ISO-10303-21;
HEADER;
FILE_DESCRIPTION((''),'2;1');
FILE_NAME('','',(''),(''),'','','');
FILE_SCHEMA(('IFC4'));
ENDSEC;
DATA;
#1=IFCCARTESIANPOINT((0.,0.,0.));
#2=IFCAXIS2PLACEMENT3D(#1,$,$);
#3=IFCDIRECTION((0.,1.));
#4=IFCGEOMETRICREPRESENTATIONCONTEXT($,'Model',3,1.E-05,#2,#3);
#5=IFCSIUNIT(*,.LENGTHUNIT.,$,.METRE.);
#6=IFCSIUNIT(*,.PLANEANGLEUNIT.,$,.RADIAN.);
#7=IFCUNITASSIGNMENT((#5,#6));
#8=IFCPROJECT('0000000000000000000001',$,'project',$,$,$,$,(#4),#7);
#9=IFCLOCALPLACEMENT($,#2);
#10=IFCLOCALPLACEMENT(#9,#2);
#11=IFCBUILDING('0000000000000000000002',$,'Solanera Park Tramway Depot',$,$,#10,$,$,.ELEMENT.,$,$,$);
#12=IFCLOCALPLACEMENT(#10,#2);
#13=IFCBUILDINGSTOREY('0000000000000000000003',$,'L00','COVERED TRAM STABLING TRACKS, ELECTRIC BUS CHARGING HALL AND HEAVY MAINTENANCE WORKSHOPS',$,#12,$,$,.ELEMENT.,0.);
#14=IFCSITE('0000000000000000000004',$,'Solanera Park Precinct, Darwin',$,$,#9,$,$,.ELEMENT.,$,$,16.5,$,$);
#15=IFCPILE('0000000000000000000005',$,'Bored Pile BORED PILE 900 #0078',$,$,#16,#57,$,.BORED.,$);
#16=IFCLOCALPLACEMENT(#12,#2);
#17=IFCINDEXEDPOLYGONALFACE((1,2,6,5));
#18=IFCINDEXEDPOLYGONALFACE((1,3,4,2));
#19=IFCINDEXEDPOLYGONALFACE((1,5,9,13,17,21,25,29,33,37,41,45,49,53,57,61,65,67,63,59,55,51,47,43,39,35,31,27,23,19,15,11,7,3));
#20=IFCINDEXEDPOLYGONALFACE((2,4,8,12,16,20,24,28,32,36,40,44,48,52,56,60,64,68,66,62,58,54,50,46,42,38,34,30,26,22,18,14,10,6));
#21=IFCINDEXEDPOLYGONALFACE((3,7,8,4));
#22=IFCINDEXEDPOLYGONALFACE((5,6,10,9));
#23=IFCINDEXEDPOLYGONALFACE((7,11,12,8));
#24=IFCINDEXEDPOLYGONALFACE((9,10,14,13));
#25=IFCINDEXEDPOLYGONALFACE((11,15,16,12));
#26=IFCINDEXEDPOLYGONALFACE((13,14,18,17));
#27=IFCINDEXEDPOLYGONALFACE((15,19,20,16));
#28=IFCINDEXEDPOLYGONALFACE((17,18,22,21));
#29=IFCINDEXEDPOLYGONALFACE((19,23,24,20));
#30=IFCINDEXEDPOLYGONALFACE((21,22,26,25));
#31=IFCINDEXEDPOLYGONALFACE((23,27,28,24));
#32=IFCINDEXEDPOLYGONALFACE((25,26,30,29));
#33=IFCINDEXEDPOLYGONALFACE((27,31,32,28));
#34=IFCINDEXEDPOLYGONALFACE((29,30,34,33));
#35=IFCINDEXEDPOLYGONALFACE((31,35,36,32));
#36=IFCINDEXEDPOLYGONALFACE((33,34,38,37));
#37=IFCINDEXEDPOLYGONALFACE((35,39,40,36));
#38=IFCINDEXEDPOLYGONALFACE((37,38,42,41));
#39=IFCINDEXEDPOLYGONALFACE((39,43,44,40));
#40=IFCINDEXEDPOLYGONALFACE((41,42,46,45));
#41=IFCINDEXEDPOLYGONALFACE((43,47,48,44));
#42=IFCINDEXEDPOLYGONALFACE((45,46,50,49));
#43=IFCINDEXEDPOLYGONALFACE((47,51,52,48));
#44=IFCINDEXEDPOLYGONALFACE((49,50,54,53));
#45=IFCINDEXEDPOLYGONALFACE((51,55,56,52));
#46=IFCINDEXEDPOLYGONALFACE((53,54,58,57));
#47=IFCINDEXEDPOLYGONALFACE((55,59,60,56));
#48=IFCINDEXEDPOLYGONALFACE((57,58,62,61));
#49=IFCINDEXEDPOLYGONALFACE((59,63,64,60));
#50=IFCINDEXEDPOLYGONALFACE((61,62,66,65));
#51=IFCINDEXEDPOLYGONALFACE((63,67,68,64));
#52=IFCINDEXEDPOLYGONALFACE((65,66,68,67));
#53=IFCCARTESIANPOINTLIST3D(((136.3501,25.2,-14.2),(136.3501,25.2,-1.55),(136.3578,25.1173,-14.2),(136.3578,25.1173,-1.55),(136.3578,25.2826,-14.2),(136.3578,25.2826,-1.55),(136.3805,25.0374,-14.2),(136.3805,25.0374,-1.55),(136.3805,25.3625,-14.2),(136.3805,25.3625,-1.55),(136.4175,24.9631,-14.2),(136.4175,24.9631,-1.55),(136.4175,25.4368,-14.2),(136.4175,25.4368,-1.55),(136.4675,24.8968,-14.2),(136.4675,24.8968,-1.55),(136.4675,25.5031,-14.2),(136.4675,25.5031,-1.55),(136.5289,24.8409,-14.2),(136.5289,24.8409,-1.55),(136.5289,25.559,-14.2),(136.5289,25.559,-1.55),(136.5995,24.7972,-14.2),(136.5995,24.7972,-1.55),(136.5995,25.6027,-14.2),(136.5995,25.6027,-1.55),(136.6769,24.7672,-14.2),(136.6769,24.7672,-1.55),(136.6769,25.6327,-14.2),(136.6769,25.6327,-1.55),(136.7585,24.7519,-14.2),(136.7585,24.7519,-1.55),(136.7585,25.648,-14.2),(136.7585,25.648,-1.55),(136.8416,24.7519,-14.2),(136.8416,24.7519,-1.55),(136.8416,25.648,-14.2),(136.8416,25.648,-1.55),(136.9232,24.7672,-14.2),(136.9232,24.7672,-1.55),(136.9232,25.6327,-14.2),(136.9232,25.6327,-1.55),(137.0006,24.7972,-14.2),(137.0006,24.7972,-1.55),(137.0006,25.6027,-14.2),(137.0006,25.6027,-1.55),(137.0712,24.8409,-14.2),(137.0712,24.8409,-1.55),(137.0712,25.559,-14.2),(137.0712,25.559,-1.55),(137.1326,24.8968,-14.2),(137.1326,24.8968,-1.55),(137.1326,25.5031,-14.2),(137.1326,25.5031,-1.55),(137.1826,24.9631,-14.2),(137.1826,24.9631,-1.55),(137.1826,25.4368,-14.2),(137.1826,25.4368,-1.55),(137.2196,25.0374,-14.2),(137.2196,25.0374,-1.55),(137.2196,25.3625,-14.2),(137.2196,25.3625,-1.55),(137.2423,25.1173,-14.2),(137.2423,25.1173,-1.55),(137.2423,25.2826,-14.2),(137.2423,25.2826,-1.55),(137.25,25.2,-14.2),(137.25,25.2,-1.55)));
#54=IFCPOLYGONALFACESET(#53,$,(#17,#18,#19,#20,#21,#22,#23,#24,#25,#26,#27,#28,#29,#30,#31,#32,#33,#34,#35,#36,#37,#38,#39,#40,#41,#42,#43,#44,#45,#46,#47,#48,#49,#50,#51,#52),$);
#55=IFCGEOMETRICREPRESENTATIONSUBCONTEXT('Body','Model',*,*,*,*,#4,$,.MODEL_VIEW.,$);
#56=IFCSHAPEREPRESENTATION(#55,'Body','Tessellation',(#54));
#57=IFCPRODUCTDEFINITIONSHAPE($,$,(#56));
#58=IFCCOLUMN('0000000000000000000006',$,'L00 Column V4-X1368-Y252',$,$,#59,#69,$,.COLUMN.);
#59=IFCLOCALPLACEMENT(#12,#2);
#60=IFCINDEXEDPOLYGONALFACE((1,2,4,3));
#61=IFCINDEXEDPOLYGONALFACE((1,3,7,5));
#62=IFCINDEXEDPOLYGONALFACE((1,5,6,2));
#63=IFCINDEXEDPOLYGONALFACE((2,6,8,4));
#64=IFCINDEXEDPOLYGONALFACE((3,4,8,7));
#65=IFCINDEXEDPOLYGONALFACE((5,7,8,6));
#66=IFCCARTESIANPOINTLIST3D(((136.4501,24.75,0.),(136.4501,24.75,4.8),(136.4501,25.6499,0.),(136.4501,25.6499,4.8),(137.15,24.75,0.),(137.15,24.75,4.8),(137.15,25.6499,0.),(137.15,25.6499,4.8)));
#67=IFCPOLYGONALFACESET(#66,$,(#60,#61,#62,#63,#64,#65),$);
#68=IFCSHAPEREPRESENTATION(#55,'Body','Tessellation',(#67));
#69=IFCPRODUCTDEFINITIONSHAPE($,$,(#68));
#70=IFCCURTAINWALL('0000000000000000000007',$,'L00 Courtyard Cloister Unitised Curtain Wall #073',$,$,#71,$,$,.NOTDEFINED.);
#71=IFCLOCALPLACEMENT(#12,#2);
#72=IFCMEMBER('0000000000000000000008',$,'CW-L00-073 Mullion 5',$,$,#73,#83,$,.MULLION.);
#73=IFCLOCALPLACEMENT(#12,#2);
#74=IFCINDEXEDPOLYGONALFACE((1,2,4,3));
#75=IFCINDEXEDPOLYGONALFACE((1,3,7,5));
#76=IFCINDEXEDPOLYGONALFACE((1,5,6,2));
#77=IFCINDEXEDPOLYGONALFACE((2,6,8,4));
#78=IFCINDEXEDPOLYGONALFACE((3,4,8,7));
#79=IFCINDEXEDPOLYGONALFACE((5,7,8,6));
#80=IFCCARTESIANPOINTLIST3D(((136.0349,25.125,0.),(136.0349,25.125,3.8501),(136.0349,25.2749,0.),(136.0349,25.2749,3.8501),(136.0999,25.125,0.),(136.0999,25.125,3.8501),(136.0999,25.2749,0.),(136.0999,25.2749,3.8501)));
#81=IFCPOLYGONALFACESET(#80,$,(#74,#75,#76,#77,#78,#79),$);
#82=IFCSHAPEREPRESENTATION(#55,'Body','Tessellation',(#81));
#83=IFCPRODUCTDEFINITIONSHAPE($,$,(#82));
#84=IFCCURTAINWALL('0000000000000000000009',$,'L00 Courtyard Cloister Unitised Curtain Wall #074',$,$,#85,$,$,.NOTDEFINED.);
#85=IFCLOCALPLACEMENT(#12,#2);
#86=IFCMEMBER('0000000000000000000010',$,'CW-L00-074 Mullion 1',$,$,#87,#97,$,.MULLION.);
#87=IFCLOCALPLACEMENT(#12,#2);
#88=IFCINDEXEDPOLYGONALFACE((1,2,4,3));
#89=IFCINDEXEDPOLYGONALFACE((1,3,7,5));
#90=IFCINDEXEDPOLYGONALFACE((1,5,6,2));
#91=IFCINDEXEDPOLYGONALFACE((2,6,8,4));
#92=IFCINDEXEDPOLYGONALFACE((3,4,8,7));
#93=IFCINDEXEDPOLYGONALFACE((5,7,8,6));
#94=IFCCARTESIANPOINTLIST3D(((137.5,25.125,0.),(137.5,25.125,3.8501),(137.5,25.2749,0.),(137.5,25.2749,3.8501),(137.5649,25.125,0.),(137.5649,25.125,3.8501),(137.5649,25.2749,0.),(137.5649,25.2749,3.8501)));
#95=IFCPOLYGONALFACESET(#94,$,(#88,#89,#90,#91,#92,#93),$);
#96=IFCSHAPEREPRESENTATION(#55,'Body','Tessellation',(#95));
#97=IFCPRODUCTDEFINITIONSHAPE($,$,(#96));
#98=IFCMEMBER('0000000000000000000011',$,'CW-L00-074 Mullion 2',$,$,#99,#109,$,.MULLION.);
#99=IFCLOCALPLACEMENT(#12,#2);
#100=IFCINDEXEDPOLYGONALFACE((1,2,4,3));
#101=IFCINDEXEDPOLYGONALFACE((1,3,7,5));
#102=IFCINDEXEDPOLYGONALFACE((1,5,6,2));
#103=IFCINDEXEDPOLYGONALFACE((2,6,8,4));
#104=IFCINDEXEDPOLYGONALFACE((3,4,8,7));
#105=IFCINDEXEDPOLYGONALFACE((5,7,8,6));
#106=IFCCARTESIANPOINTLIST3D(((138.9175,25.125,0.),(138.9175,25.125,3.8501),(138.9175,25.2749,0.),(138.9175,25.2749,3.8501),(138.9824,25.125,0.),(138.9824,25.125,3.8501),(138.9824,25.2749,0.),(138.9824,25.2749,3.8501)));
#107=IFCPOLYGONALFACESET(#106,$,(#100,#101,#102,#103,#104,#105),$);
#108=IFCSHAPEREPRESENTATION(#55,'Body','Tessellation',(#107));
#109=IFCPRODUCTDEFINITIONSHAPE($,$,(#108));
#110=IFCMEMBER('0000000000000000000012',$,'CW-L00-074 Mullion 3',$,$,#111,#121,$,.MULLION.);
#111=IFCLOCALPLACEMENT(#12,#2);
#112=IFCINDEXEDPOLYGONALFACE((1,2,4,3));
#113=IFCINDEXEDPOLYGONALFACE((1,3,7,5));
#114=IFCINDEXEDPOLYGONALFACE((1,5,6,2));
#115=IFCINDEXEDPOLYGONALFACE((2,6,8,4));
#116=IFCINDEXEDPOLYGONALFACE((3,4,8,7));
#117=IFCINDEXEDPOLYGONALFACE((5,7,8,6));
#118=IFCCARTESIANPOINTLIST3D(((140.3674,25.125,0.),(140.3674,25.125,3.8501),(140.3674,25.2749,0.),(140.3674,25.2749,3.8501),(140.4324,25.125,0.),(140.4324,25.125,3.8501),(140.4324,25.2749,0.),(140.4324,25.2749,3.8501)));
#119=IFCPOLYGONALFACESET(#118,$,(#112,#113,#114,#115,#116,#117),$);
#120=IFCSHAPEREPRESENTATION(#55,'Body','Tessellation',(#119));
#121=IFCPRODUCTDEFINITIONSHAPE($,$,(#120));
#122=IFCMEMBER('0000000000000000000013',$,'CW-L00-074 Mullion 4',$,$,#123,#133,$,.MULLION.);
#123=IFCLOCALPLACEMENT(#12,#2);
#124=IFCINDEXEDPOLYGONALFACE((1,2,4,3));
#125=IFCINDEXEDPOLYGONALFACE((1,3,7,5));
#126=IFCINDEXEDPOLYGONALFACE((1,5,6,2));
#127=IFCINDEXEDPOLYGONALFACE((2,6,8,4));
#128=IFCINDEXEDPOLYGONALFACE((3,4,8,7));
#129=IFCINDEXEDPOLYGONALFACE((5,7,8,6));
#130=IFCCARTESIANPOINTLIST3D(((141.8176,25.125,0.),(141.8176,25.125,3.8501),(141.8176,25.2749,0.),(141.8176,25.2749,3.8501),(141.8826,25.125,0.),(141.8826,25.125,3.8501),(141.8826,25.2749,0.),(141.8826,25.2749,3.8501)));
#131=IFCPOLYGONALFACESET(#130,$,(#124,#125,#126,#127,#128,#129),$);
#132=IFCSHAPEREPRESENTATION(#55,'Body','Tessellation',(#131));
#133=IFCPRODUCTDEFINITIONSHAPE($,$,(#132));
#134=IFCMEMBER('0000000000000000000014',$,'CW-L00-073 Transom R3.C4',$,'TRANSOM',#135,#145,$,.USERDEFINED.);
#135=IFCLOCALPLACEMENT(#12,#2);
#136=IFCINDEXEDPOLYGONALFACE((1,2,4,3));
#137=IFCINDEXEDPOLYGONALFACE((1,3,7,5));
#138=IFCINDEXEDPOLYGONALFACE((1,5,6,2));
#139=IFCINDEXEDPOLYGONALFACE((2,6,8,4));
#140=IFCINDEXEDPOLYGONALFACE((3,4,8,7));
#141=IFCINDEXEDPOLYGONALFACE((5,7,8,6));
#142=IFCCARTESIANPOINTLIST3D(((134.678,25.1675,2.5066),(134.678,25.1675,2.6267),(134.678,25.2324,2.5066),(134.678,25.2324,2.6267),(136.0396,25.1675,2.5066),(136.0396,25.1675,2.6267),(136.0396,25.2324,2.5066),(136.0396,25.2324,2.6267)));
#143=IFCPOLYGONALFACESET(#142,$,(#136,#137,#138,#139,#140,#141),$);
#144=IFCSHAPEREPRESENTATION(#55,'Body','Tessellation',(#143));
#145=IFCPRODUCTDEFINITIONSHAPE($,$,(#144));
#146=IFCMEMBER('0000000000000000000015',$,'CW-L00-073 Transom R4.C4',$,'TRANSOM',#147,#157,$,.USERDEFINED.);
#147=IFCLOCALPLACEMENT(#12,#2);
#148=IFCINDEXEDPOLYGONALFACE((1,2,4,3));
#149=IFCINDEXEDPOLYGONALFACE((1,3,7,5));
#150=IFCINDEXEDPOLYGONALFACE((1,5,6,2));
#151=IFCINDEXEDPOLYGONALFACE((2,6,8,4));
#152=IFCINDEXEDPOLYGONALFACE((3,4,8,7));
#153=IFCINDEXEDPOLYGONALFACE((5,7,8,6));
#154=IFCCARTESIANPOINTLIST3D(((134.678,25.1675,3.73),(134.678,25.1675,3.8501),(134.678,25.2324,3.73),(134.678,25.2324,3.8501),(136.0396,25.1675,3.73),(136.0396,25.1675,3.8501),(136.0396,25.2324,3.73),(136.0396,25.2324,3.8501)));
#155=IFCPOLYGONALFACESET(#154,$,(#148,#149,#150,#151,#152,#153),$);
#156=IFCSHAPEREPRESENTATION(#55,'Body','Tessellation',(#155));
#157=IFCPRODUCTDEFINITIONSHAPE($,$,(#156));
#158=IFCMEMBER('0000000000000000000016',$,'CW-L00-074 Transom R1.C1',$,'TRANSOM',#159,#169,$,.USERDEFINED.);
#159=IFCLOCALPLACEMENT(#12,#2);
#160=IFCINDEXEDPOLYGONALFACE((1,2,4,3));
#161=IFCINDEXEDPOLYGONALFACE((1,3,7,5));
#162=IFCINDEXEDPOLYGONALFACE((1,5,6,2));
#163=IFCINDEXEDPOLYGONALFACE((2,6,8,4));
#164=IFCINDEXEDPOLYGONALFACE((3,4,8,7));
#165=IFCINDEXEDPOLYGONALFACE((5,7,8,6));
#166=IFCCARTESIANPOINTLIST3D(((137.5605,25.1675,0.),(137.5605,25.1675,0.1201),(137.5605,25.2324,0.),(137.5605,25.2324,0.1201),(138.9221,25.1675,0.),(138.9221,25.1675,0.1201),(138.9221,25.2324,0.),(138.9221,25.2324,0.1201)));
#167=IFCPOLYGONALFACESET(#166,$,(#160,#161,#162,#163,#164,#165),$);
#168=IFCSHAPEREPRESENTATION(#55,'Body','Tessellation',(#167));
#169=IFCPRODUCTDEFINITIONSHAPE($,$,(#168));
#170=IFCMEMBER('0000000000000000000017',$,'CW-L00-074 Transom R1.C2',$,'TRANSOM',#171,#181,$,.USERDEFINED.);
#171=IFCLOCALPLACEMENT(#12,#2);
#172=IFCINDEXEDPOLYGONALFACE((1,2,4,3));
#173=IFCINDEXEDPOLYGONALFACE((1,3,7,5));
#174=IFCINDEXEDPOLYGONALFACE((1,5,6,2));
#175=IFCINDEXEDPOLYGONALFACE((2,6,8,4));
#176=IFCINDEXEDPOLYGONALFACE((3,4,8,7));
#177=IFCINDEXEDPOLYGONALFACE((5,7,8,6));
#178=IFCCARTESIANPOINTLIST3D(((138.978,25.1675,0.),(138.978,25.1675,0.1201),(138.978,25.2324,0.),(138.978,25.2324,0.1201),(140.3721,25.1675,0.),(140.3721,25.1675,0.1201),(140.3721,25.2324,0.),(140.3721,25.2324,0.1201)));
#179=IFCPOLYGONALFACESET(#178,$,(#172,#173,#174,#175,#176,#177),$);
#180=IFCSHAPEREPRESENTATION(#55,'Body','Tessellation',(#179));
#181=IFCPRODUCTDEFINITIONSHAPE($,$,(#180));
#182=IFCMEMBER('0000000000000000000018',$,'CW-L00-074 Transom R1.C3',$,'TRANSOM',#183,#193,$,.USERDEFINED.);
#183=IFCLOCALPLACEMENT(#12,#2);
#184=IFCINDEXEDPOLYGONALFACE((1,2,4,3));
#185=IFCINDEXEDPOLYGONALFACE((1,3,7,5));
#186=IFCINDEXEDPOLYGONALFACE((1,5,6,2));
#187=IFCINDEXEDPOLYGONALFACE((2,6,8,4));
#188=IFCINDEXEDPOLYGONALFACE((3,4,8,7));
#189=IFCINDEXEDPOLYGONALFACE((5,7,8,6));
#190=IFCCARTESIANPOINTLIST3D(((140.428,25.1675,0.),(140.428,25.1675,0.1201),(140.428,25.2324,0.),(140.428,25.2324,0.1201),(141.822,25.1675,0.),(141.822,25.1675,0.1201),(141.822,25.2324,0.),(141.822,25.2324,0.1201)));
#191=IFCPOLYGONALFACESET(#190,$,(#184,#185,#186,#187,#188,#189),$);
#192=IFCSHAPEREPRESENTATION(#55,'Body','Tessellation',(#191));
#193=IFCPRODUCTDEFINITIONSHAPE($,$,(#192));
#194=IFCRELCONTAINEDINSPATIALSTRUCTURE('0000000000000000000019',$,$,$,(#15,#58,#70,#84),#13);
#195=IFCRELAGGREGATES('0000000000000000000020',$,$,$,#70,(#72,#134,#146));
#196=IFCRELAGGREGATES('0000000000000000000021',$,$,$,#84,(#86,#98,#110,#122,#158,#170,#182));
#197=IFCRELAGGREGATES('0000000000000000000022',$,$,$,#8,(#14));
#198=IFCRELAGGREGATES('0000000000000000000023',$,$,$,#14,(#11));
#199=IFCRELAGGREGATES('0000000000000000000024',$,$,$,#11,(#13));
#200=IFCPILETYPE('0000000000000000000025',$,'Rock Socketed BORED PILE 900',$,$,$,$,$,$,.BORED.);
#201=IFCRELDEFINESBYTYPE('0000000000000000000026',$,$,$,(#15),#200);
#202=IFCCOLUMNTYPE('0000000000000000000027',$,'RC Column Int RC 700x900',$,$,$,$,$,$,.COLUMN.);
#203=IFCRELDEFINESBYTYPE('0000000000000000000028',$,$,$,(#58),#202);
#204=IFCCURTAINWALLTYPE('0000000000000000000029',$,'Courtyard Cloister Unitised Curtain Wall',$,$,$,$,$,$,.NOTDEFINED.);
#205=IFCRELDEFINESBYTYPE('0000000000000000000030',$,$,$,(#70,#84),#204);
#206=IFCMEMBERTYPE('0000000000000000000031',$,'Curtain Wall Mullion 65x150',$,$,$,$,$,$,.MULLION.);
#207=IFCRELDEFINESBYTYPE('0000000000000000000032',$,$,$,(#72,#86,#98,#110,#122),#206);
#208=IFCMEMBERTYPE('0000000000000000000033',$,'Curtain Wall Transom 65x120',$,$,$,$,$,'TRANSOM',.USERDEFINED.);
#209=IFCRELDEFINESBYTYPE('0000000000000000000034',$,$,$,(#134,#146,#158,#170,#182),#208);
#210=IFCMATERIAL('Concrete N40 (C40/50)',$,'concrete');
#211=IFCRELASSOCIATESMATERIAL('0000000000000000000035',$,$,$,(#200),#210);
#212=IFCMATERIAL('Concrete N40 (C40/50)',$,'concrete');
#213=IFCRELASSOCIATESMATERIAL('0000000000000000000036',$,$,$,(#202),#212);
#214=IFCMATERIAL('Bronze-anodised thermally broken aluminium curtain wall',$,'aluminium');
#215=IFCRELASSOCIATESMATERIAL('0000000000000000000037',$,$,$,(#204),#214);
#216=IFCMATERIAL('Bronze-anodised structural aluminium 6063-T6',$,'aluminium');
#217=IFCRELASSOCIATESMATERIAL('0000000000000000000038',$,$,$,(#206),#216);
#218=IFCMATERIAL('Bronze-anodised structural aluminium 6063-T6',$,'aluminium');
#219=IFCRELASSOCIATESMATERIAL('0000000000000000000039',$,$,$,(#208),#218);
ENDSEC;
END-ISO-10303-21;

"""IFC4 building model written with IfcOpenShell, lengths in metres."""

from ifc_helpers import new_model, si_unit, direction, frame, origin, origin_2d, place, context, subcontext, project, spatial, rectangle, circle, extrude, material, material_profile, profile_set, type_object, element, aggregate, save


model = new_model("IFC4")

# Units and contexts
model_context = context("Model", 3, precision=1e-05, world=origin(), true_north=direction((0.0, 1.0)))
body_context = subcontext(model_context, "Body", "Model", "MODEL_VIEW")
ifc_project = project(units=[si_unit("LENGTHUNIT", "METRE"), si_unit("PLANEANGLEUNIT", "RADIAN")], contexts=[model_context])

# Site, building, storey
site_placement = place(None, origin())
site = spatial("IfcSite", under=ifc_project, at=site_placement, Name="Solanera Park Precinct, Darwin", CompositionType="ELEMENT", RefElevation=16.5)
building_placement = place(site_placement, origin())
building = spatial("IfcBuilding", under=site, at=building_placement, Name="Solanera Park Tramway Depot", CompositionType="ELEMENT")
storey_placement = place(building_placement, origin())
storey = spatial("IfcBuildingStorey", under=building, at=storey_placement, Name="L00", Description="COVERED TRAM STABLING TRACKS, ELECTRIC BUS CHARGING HALL AND HEAVY MAINTENANCE WORKSHOPS", CompositionType="ELEMENT", Elevation=0.0)

# Pile
ifc_material_1 = material(Name="Concrete N40 (C40/50)", Category="concrete")
ifc_material_profile_1 = material_profile(ifc_material_1, circle(Radius=0.45, at=origin_2d()), Name="BORED PILE 900")
ifc_profile_set_1 = profile_set([ifc_material_profile_1], Name="Concrete N40 (C40/50)")
pile_type = type_object("IfcPileType", Name="Rock Socketed BORED PILE 900", PredefinedType="BORED", material=ifc_profile_set_1)
pile_placement = place(storey_placement, frame((136.8, 25.2, -1.55), z_axis=(0.0, 0.0, -1.0), x_axis=(1.0, 0.0, 0.0)))
element("IfcPile", 1, at=pile_placement, inside=storey, type_object=pile_type, Name="Bored Pile BORED PILE 900 #0078", PredefinedType="BORED", context=body_context, shape_type="SweptSolid", body=[
    extrude(circle(Radius=0.45, at=origin_2d()), origin(), (0.0, 0.0, 1.0), 12.6499),
])

# Column
ifc_material_2 = material(Name="Concrete N40 (C40/50)", Category="concrete")
ifc_material_profile_2 = material_profile(ifc_material_2, rectangle(XDim=0.7, YDim=0.8999, at=origin_2d()), Name="RC 700x900")
ifc_profile_set_2 = profile_set([ifc_material_profile_2], Name="Concrete N40 (C40/50)")
column_type = type_object("IfcColumnType", Name="RC Column Int RC 700x900", PredefinedType="COLUMN", material=ifc_profile_set_2)
column_placement = place(storey_placement, frame((136.8, 25.2, 0.0), z_axis=(0.0, 0.0, 1.0), x_axis=(1.0, 0.0, 0.0)))
element("IfcColumn", 2, at=column_placement, inside=storey, type_object=column_type, Name="L00 Column V4-X1368-Y252", PredefinedType="COLUMN", context=body_context, shape_type="SweptSolid", body=[
    extrude(rectangle(XDim=0.7, YDim=0.8999, at=origin_2d()), origin(), (0.0, 0.0, 1.0), 4.8),
])

# Curtain wall, member
ifc_material_3 = material(Name="Bronze-anodised thermally broken aluminium curtain wall", Category="aluminium")
curtain_wall_type = type_object("IfcCurtainWallType", Name="Courtyard Cloister Unitised Curtain Wall", PredefinedType="NOTDEFINED", material=ifc_material_3)
curtain_wall_1_placement = place(storey_placement, origin())
curtain_wall_1 = element("IfcCurtainWall", 3, at=curtain_wall_1_placement, inside=storey, type_object=curtain_wall_type, Name="L00 Courtyard Cloister Unitised Curtain Wall #073", PredefinedType="NOTDEFINED")
ifc_material_4 = material(Name="Bronze-anodised structural aluminium 6063-T6", Category="aluminium")
ifc_material_profile_3 = material_profile(ifc_material_4, rectangle(XDim=0.0649, YDim=0.1499, at=origin_2d()), Name="Curtain Wall Mullion 65x150")
ifc_profile_set_3 = profile_set([ifc_material_profile_3], Name="Bronze-anodised structural aluminium 6063-T6")
member_type_1 = type_object("IfcMemberType", Name="Curtain Wall Mullion 65x150", PredefinedType="MULLION", material=ifc_profile_set_3)
member_1_placement = place(storey_placement, frame((136.0674, 25.2, 0.0), z_axis=(0.0, 0.0, 1.0), x_axis=(1.0, 0.0, 0.0)))
member_1 = element("IfcMember", 4, at=member_1_placement, type_object=member_type_1, Name="CW-L00-073 Mullion 5", PredefinedType="MULLION", context=body_context, shape_type="SweptSolid", body=[
    extrude(rectangle(XDim=0.0649, YDim=0.1499, at=origin_2d()), origin(), (0.0, 0.0, 1.0), 3.8501),
])

# Curtain wall, members
curtain_wall_2_placement = place(storey_placement, origin())
curtain_wall_2 = element("IfcCurtainWall", 5, at=curtain_wall_2_placement, inside=storey, type_object=curtain_wall_type, Name="L00 Courtyard Cloister Unitised Curtain Wall #074", PredefinedType="NOTDEFINED")
member_2_placement = place(storey_placement, frame((137.5325, 25.2, 0.0), z_axis=(0.0, 0.0, 1.0), x_axis=(1.0, 0.0, 0.0)))
member_2 = element("IfcMember", 6, at=member_2_placement, type_object=member_type_1, Name="CW-L00-074 Mullion 1", PredefinedType="MULLION", context=body_context, shape_type="SweptSolid", body=[
    extrude(rectangle(XDim=0.0649, YDim=0.1499, at=origin_2d()), origin(), (0.0, 0.0, 1.0), 3.8501),
])
member_3_placement = place(storey_placement, frame((138.95, 25.2, 0.0), z_axis=(0.0, 0.0, 1.0), x_axis=(1.0, 0.0, 0.0)))
member_3 = element("IfcMember", 7, at=member_3_placement, type_object=member_type_1, Name="CW-L00-074 Mullion 2", PredefinedType="MULLION", context=body_context, shape_type="SweptSolid", body=[
    extrude(rectangle(XDim=0.0649, YDim=0.1499, at=origin_2d()), origin(), (0.0, 0.0, 1.0), 3.8501),
])
member_4_placement = place(storey_placement, frame((140.3999, 25.2, 0.0), z_axis=(0.0, 0.0, 1.0), x_axis=(1.0, 0.0, 0.0)))
member_4 = element("IfcMember", 8, at=member_4_placement, type_object=member_type_1, Name="CW-L00-074 Mullion 3", PredefinedType="MULLION", context=body_context, shape_type="SweptSolid", body=[
    extrude(rectangle(XDim=0.0649, YDim=0.1499, at=origin_2d()), origin(), (0.0, 0.0, 1.0), 3.8501),
])
member_5_placement = place(storey_placement, frame((141.8501, 25.2, 0.0), z_axis=(0.0, 0.0, 1.0), x_axis=(1.0, 0.0, 0.0)))
member_5 = element("IfcMember", 9, at=member_5_placement, type_object=member_type_1, Name="CW-L00-074 Mullion 4", PredefinedType="MULLION", context=body_context, shape_type="SweptSolid", body=[
    extrude(rectangle(XDim=0.0649, YDim=0.1499, at=origin_2d()), origin(), (0.0, 0.0, 1.0), 3.8501),
])

# Members
ifc_material_5 = material(Name="Bronze-anodised structural aluminium 6063-T6", Category="aluminium")
ifc_material_profile_4 = material_profile(ifc_material_5, rectangle(XDim=0.0649, YDim=0.1201, at=origin_2d()), Name="Curtain Wall Transom 65x120")
ifc_profile_set_4 = profile_set([ifc_material_profile_4], Name="Bronze-anodised structural aluminium 6063-T6")
member_type_2 = type_object("IfcMemberType", Name="Curtain Wall Transom 65x120", ElementType="TRANSOM", PredefinedType="USERDEFINED", material=ifc_profile_set_4)
member_6_placement = place(storey_placement, frame((134.678, 25.2, 2.5667), z_axis=(1.0, 0.0, 0.0), x_axis=(0.0, 1.0, 0.0)))
member_6 = element("IfcMember", 10, at=member_6_placement, type_object=member_type_2, Name="CW-L00-073 Transom R3.C4", ObjectType="TRANSOM", PredefinedType="USERDEFINED", context=body_context, shape_type="SweptSolid", body=[
    extrude(rectangle(XDim=0.0649, YDim=0.1201, at=origin_2d()), origin(), (0.0, 0.0, 1.0), 1.3616),
])
member_7_placement = place(storey_placement, frame((134.678, 25.2, 3.79), z_axis=(1.0, 0.0, 0.0), x_axis=(0.0, 1.0, 0.0)))
member_7 = element("IfcMember", 11, at=member_7_placement, type_object=member_type_2, Name="CW-L00-073 Transom R4.C4", ObjectType="TRANSOM", PredefinedType="USERDEFINED", context=body_context, shape_type="SweptSolid", body=[
    extrude(rectangle(XDim=0.0649, YDim=0.1201, at=origin_2d()), origin(), (0.0, 0.0, 1.0), 1.3616),
])
member_8_placement = place(storey_placement, frame((137.5605, 25.2, 0.0601), z_axis=(1.0, 0.0, 0.0), x_axis=(0.0, 1.0, 0.0)))
member_8 = element("IfcMember", 12, at=member_8_placement, type_object=member_type_2, Name="CW-L00-074 Transom R1.C1", ObjectType="TRANSOM", PredefinedType="USERDEFINED", context=body_context, shape_type="SweptSolid", body=[
    extrude(rectangle(XDim=0.0649, YDim=0.1201, at=origin_2d()), origin(), (0.0, 0.0, 1.0), 1.3616),
])
member_9_placement = place(storey_placement, frame((138.978, 25.2, 0.0601), z_axis=(1.0, 0.0, 0.0), x_axis=(0.0, 1.0, 0.0)))
member_9 = element("IfcMember", 13, at=member_9_placement, type_object=member_type_2, Name="CW-L00-074 Transom R1.C2", ObjectType="TRANSOM", PredefinedType="USERDEFINED", context=body_context, shape_type="SweptSolid", body=[
    extrude(rectangle(XDim=0.0649, YDim=0.1201, at=origin_2d()), origin(), (0.0, 0.0, 1.0), 1.394),
])
member_10_placement = place(storey_placement, frame((140.428, 25.2, 0.0601), z_axis=(1.0, 0.0, 0.0), x_axis=(0.0, 1.0, 0.0)))
member_10 = element("IfcMember", 14, at=member_10_placement, type_object=member_type_2, Name="CW-L00-074 Transom R1.C3", ObjectType="TRANSOM", PredefinedType="USERDEFINED", context=body_context, shape_type="SweptSolid", body=[
    extrude(rectangle(XDim=0.0649, YDim=0.1201, at=origin_2d()), origin(), (0.0, 0.0, 1.0), 1.394),
])

aggregate(curtain_wall_1, [member_1, member_6, member_7])
aggregate(curtain_wall_2, [member_2, member_3, member_4, member_5, member_8, member_9, member_10])

save(model, "model.ifc")
